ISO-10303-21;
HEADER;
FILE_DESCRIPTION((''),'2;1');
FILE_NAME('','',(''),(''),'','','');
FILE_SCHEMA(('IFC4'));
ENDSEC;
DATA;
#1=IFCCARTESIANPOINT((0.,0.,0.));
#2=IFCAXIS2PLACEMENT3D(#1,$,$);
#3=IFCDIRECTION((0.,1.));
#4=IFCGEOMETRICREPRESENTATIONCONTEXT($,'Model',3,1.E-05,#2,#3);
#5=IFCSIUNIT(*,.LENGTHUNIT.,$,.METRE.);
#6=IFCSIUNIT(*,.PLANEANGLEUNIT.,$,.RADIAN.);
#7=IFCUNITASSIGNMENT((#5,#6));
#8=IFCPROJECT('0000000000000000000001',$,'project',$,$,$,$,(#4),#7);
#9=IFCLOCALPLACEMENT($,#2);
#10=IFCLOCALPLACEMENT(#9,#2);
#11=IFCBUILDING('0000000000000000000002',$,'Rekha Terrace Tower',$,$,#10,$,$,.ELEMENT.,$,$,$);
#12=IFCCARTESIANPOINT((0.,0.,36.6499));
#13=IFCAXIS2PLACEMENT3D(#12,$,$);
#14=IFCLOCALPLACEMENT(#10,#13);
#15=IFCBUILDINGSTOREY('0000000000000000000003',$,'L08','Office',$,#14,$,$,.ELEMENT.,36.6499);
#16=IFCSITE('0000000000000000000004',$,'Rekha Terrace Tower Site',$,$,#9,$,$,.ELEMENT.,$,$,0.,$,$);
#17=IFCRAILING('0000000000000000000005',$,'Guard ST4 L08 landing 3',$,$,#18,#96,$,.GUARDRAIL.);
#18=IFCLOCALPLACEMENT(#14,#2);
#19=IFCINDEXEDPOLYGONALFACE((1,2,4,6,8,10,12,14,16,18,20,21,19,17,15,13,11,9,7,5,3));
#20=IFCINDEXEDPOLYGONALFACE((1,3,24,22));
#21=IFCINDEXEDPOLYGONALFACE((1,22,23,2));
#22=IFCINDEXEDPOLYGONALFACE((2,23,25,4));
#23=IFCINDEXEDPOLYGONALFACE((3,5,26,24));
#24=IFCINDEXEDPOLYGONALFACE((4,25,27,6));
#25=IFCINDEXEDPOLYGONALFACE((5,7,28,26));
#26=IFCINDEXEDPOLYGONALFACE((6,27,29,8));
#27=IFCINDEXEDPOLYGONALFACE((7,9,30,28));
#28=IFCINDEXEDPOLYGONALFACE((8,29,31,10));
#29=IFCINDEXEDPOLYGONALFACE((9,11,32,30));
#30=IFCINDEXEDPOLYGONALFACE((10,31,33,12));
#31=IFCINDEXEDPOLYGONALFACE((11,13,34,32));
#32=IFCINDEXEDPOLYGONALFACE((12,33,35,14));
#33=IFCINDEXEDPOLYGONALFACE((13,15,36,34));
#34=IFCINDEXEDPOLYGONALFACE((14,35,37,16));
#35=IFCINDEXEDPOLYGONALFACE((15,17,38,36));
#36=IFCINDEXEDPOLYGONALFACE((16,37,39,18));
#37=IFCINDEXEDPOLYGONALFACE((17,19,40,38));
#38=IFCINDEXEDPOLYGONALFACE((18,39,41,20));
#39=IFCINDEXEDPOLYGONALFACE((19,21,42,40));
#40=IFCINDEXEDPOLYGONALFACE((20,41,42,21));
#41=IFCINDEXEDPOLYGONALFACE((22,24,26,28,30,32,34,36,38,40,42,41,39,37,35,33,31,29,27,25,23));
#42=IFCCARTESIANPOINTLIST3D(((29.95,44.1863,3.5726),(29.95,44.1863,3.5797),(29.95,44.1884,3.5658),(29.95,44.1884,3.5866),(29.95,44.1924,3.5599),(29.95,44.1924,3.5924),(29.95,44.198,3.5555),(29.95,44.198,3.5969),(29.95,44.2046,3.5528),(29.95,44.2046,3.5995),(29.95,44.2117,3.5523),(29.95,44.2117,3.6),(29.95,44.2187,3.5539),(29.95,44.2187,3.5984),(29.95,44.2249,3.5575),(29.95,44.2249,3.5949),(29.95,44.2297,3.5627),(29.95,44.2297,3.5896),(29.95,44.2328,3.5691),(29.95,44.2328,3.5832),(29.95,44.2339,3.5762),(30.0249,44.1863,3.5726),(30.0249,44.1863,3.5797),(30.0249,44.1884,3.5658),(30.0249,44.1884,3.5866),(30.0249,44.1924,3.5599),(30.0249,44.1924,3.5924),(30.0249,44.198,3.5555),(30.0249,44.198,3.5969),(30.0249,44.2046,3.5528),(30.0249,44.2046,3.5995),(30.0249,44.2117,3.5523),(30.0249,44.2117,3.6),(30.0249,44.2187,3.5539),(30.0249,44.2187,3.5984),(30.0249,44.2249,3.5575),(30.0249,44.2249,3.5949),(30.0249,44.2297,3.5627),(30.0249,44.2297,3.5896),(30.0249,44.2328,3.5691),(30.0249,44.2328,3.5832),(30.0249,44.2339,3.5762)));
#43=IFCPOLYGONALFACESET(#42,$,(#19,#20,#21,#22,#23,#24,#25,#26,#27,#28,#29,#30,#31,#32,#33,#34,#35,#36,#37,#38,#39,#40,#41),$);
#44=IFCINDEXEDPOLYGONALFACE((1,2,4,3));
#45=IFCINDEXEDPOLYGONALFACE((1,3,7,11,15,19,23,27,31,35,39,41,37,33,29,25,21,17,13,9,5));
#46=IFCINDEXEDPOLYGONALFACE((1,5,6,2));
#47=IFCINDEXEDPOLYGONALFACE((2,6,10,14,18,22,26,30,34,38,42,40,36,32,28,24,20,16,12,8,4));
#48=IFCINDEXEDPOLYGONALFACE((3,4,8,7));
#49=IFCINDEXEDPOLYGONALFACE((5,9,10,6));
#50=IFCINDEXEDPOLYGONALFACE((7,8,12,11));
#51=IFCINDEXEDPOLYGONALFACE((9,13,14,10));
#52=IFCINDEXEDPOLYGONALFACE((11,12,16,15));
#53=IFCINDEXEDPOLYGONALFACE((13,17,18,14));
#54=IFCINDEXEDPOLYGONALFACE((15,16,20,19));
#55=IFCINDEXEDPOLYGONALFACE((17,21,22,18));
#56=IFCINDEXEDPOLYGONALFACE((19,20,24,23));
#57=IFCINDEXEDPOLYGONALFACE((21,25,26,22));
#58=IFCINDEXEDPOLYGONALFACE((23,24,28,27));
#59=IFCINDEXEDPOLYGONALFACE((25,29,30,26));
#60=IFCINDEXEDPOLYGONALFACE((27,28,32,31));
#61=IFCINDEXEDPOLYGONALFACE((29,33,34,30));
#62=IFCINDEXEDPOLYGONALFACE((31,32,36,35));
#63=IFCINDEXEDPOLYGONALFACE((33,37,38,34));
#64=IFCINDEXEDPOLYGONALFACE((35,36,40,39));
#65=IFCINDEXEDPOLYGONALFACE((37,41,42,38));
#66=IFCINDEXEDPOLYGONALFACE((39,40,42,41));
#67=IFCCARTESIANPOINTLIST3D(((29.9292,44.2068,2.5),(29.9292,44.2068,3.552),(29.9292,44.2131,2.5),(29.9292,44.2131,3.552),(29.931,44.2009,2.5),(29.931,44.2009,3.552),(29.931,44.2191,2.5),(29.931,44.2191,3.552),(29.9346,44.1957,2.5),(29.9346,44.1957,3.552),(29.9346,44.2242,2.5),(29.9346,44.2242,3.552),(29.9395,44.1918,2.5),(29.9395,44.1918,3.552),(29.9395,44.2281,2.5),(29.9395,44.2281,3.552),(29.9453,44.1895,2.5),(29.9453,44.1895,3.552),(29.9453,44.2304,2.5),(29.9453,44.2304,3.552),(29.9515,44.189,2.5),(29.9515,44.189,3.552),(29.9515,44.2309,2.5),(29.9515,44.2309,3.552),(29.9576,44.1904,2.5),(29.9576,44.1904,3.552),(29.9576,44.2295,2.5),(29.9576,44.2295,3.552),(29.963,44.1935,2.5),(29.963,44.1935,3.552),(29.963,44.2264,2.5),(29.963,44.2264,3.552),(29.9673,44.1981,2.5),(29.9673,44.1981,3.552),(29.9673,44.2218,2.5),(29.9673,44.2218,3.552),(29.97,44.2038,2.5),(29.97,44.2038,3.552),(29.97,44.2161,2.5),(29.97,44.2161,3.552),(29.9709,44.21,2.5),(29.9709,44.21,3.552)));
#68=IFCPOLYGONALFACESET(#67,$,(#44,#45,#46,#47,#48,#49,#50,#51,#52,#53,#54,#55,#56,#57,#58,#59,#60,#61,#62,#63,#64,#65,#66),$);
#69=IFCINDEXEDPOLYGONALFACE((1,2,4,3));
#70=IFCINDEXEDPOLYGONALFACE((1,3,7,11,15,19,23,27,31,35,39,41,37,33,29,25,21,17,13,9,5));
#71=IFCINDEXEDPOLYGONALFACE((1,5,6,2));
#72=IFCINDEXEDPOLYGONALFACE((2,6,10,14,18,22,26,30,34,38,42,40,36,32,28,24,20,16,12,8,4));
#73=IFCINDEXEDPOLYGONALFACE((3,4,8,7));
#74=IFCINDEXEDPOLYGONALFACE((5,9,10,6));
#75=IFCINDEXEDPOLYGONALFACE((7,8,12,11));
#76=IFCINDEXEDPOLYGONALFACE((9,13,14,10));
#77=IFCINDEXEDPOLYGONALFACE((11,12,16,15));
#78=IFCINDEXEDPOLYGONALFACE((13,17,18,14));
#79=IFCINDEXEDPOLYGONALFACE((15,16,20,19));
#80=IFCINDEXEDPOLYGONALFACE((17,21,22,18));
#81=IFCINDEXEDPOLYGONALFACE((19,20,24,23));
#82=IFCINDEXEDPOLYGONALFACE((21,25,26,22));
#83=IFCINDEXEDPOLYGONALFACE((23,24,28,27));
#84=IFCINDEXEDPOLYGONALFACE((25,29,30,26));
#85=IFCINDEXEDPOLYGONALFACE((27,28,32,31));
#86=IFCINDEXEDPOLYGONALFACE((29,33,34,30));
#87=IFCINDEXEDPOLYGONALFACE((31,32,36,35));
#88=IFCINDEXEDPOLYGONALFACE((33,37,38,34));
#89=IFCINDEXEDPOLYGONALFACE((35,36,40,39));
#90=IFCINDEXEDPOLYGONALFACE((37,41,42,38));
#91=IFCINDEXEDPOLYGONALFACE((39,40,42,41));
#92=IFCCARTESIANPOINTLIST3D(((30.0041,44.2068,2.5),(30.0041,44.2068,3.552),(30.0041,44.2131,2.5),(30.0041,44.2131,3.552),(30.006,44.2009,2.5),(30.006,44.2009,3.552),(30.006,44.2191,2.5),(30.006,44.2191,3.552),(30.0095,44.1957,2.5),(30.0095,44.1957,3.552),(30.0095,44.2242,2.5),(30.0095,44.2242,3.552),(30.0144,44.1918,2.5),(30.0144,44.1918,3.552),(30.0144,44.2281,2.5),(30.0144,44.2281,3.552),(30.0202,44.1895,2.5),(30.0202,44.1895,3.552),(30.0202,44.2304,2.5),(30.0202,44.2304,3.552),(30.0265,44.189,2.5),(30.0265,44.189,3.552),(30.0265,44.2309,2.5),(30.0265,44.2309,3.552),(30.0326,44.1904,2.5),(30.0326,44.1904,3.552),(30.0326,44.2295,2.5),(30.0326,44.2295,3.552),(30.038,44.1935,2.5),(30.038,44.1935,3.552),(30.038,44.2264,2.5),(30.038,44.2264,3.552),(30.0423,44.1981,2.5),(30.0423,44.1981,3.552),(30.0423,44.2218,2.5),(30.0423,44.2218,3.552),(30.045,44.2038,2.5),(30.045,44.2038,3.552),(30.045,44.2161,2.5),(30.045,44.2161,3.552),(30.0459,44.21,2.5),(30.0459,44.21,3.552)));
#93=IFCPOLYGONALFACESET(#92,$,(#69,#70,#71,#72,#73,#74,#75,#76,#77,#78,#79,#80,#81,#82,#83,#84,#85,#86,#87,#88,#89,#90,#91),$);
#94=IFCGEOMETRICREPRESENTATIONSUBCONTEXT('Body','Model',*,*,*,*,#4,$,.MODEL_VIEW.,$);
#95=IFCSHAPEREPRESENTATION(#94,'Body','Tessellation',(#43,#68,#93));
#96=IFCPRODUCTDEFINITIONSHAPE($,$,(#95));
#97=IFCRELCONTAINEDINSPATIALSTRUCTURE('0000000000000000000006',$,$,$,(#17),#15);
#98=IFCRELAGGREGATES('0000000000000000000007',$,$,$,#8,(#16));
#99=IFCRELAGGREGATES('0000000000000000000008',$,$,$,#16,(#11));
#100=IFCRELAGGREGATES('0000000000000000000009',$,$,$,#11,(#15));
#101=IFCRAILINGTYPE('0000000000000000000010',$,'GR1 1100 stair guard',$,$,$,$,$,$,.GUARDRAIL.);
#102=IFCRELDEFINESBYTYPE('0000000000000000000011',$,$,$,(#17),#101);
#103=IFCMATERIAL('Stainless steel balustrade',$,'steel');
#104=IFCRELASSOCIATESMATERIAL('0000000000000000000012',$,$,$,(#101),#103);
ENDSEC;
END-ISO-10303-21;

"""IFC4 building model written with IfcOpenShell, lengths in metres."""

from ifc_helpers import new_model, si_unit, direction, frame, origin, origin_2d, place, context, subcontext, project, spatial, circle, extrude, material, type_object, element, save


model = new_model("IFC4")

# Units and contexts
model_context = context("Model", 3, precision=1e-05, world=origin(), true_north=direction((0.0, 1.0)))
body_context = subcontext(model_context, "Body", "Model", "MODEL_VIEW")
ifc_project = project(units=[si_unit("LENGTHUNIT", "METRE"), si_unit("PLANEANGLEUNIT", "RADIAN")], contexts=[model_context])

# Site, building, storey
site_placement = place(None, origin())
site = spatial("IfcSite", under=ifc_project, at=site_placement, Name="Rekha Terrace Tower Site", CompositionType="ELEMENT", RefElevation=0.0)
building_placement = place(site_placement, origin())
building = spatial("IfcBuilding", under=site, at=building_placement, Name="Rekha Terrace Tower", CompositionType="ELEMENT")
storey_placement = place(building_placement, frame((0.0, 0.0, 36.6499)))
storey = spatial("IfcBuildingStorey", under=building, at=storey_placement, Name="L08", Description="Office", CompositionType="ELEMENT", Elevation=36.6499)

# Railing
ifc_material_1 = material(Name="Stainless steel balustrade", Category="steel")
railing_type_1 = type_object("IfcRailingType", Name="GR1 1100 stair guard", PredefinedType="GUARDRAIL", material=ifc_material_1)
railing_1_placement = place(storey_placement, frame((29.95, 44.21, 2.5)))
element("IfcRailing", 1, at=railing_1_placement, inside=storey, type_object=railing_type_1, Name="Guard ST4 L08 landing 3", PredefinedType="GUARDRAIL", context=body_context, shape_type="SweptSolid", body=[
    extrude(circle(Radius=0.0239, at=origin_2d()), frame((0.0, 0.0, 1.0762), z_axis=(1.0, 0.0, 0.0), x_axis=(0.0, 1.0, 0.0)), (0.0, 0.0, 1.0), 0.075),
    extrude(circle(Radius=0.021, at=origin_2d()), origin(), (0.0, 0.0, 1.0), 1.052),
    extrude(circle(Radius=0.021, at=origin_2d()), frame((0.075, 0.0, 0.0)), (0.0, 0.0, 1.0), 1.052),
])

save(model, "model.ifc")
